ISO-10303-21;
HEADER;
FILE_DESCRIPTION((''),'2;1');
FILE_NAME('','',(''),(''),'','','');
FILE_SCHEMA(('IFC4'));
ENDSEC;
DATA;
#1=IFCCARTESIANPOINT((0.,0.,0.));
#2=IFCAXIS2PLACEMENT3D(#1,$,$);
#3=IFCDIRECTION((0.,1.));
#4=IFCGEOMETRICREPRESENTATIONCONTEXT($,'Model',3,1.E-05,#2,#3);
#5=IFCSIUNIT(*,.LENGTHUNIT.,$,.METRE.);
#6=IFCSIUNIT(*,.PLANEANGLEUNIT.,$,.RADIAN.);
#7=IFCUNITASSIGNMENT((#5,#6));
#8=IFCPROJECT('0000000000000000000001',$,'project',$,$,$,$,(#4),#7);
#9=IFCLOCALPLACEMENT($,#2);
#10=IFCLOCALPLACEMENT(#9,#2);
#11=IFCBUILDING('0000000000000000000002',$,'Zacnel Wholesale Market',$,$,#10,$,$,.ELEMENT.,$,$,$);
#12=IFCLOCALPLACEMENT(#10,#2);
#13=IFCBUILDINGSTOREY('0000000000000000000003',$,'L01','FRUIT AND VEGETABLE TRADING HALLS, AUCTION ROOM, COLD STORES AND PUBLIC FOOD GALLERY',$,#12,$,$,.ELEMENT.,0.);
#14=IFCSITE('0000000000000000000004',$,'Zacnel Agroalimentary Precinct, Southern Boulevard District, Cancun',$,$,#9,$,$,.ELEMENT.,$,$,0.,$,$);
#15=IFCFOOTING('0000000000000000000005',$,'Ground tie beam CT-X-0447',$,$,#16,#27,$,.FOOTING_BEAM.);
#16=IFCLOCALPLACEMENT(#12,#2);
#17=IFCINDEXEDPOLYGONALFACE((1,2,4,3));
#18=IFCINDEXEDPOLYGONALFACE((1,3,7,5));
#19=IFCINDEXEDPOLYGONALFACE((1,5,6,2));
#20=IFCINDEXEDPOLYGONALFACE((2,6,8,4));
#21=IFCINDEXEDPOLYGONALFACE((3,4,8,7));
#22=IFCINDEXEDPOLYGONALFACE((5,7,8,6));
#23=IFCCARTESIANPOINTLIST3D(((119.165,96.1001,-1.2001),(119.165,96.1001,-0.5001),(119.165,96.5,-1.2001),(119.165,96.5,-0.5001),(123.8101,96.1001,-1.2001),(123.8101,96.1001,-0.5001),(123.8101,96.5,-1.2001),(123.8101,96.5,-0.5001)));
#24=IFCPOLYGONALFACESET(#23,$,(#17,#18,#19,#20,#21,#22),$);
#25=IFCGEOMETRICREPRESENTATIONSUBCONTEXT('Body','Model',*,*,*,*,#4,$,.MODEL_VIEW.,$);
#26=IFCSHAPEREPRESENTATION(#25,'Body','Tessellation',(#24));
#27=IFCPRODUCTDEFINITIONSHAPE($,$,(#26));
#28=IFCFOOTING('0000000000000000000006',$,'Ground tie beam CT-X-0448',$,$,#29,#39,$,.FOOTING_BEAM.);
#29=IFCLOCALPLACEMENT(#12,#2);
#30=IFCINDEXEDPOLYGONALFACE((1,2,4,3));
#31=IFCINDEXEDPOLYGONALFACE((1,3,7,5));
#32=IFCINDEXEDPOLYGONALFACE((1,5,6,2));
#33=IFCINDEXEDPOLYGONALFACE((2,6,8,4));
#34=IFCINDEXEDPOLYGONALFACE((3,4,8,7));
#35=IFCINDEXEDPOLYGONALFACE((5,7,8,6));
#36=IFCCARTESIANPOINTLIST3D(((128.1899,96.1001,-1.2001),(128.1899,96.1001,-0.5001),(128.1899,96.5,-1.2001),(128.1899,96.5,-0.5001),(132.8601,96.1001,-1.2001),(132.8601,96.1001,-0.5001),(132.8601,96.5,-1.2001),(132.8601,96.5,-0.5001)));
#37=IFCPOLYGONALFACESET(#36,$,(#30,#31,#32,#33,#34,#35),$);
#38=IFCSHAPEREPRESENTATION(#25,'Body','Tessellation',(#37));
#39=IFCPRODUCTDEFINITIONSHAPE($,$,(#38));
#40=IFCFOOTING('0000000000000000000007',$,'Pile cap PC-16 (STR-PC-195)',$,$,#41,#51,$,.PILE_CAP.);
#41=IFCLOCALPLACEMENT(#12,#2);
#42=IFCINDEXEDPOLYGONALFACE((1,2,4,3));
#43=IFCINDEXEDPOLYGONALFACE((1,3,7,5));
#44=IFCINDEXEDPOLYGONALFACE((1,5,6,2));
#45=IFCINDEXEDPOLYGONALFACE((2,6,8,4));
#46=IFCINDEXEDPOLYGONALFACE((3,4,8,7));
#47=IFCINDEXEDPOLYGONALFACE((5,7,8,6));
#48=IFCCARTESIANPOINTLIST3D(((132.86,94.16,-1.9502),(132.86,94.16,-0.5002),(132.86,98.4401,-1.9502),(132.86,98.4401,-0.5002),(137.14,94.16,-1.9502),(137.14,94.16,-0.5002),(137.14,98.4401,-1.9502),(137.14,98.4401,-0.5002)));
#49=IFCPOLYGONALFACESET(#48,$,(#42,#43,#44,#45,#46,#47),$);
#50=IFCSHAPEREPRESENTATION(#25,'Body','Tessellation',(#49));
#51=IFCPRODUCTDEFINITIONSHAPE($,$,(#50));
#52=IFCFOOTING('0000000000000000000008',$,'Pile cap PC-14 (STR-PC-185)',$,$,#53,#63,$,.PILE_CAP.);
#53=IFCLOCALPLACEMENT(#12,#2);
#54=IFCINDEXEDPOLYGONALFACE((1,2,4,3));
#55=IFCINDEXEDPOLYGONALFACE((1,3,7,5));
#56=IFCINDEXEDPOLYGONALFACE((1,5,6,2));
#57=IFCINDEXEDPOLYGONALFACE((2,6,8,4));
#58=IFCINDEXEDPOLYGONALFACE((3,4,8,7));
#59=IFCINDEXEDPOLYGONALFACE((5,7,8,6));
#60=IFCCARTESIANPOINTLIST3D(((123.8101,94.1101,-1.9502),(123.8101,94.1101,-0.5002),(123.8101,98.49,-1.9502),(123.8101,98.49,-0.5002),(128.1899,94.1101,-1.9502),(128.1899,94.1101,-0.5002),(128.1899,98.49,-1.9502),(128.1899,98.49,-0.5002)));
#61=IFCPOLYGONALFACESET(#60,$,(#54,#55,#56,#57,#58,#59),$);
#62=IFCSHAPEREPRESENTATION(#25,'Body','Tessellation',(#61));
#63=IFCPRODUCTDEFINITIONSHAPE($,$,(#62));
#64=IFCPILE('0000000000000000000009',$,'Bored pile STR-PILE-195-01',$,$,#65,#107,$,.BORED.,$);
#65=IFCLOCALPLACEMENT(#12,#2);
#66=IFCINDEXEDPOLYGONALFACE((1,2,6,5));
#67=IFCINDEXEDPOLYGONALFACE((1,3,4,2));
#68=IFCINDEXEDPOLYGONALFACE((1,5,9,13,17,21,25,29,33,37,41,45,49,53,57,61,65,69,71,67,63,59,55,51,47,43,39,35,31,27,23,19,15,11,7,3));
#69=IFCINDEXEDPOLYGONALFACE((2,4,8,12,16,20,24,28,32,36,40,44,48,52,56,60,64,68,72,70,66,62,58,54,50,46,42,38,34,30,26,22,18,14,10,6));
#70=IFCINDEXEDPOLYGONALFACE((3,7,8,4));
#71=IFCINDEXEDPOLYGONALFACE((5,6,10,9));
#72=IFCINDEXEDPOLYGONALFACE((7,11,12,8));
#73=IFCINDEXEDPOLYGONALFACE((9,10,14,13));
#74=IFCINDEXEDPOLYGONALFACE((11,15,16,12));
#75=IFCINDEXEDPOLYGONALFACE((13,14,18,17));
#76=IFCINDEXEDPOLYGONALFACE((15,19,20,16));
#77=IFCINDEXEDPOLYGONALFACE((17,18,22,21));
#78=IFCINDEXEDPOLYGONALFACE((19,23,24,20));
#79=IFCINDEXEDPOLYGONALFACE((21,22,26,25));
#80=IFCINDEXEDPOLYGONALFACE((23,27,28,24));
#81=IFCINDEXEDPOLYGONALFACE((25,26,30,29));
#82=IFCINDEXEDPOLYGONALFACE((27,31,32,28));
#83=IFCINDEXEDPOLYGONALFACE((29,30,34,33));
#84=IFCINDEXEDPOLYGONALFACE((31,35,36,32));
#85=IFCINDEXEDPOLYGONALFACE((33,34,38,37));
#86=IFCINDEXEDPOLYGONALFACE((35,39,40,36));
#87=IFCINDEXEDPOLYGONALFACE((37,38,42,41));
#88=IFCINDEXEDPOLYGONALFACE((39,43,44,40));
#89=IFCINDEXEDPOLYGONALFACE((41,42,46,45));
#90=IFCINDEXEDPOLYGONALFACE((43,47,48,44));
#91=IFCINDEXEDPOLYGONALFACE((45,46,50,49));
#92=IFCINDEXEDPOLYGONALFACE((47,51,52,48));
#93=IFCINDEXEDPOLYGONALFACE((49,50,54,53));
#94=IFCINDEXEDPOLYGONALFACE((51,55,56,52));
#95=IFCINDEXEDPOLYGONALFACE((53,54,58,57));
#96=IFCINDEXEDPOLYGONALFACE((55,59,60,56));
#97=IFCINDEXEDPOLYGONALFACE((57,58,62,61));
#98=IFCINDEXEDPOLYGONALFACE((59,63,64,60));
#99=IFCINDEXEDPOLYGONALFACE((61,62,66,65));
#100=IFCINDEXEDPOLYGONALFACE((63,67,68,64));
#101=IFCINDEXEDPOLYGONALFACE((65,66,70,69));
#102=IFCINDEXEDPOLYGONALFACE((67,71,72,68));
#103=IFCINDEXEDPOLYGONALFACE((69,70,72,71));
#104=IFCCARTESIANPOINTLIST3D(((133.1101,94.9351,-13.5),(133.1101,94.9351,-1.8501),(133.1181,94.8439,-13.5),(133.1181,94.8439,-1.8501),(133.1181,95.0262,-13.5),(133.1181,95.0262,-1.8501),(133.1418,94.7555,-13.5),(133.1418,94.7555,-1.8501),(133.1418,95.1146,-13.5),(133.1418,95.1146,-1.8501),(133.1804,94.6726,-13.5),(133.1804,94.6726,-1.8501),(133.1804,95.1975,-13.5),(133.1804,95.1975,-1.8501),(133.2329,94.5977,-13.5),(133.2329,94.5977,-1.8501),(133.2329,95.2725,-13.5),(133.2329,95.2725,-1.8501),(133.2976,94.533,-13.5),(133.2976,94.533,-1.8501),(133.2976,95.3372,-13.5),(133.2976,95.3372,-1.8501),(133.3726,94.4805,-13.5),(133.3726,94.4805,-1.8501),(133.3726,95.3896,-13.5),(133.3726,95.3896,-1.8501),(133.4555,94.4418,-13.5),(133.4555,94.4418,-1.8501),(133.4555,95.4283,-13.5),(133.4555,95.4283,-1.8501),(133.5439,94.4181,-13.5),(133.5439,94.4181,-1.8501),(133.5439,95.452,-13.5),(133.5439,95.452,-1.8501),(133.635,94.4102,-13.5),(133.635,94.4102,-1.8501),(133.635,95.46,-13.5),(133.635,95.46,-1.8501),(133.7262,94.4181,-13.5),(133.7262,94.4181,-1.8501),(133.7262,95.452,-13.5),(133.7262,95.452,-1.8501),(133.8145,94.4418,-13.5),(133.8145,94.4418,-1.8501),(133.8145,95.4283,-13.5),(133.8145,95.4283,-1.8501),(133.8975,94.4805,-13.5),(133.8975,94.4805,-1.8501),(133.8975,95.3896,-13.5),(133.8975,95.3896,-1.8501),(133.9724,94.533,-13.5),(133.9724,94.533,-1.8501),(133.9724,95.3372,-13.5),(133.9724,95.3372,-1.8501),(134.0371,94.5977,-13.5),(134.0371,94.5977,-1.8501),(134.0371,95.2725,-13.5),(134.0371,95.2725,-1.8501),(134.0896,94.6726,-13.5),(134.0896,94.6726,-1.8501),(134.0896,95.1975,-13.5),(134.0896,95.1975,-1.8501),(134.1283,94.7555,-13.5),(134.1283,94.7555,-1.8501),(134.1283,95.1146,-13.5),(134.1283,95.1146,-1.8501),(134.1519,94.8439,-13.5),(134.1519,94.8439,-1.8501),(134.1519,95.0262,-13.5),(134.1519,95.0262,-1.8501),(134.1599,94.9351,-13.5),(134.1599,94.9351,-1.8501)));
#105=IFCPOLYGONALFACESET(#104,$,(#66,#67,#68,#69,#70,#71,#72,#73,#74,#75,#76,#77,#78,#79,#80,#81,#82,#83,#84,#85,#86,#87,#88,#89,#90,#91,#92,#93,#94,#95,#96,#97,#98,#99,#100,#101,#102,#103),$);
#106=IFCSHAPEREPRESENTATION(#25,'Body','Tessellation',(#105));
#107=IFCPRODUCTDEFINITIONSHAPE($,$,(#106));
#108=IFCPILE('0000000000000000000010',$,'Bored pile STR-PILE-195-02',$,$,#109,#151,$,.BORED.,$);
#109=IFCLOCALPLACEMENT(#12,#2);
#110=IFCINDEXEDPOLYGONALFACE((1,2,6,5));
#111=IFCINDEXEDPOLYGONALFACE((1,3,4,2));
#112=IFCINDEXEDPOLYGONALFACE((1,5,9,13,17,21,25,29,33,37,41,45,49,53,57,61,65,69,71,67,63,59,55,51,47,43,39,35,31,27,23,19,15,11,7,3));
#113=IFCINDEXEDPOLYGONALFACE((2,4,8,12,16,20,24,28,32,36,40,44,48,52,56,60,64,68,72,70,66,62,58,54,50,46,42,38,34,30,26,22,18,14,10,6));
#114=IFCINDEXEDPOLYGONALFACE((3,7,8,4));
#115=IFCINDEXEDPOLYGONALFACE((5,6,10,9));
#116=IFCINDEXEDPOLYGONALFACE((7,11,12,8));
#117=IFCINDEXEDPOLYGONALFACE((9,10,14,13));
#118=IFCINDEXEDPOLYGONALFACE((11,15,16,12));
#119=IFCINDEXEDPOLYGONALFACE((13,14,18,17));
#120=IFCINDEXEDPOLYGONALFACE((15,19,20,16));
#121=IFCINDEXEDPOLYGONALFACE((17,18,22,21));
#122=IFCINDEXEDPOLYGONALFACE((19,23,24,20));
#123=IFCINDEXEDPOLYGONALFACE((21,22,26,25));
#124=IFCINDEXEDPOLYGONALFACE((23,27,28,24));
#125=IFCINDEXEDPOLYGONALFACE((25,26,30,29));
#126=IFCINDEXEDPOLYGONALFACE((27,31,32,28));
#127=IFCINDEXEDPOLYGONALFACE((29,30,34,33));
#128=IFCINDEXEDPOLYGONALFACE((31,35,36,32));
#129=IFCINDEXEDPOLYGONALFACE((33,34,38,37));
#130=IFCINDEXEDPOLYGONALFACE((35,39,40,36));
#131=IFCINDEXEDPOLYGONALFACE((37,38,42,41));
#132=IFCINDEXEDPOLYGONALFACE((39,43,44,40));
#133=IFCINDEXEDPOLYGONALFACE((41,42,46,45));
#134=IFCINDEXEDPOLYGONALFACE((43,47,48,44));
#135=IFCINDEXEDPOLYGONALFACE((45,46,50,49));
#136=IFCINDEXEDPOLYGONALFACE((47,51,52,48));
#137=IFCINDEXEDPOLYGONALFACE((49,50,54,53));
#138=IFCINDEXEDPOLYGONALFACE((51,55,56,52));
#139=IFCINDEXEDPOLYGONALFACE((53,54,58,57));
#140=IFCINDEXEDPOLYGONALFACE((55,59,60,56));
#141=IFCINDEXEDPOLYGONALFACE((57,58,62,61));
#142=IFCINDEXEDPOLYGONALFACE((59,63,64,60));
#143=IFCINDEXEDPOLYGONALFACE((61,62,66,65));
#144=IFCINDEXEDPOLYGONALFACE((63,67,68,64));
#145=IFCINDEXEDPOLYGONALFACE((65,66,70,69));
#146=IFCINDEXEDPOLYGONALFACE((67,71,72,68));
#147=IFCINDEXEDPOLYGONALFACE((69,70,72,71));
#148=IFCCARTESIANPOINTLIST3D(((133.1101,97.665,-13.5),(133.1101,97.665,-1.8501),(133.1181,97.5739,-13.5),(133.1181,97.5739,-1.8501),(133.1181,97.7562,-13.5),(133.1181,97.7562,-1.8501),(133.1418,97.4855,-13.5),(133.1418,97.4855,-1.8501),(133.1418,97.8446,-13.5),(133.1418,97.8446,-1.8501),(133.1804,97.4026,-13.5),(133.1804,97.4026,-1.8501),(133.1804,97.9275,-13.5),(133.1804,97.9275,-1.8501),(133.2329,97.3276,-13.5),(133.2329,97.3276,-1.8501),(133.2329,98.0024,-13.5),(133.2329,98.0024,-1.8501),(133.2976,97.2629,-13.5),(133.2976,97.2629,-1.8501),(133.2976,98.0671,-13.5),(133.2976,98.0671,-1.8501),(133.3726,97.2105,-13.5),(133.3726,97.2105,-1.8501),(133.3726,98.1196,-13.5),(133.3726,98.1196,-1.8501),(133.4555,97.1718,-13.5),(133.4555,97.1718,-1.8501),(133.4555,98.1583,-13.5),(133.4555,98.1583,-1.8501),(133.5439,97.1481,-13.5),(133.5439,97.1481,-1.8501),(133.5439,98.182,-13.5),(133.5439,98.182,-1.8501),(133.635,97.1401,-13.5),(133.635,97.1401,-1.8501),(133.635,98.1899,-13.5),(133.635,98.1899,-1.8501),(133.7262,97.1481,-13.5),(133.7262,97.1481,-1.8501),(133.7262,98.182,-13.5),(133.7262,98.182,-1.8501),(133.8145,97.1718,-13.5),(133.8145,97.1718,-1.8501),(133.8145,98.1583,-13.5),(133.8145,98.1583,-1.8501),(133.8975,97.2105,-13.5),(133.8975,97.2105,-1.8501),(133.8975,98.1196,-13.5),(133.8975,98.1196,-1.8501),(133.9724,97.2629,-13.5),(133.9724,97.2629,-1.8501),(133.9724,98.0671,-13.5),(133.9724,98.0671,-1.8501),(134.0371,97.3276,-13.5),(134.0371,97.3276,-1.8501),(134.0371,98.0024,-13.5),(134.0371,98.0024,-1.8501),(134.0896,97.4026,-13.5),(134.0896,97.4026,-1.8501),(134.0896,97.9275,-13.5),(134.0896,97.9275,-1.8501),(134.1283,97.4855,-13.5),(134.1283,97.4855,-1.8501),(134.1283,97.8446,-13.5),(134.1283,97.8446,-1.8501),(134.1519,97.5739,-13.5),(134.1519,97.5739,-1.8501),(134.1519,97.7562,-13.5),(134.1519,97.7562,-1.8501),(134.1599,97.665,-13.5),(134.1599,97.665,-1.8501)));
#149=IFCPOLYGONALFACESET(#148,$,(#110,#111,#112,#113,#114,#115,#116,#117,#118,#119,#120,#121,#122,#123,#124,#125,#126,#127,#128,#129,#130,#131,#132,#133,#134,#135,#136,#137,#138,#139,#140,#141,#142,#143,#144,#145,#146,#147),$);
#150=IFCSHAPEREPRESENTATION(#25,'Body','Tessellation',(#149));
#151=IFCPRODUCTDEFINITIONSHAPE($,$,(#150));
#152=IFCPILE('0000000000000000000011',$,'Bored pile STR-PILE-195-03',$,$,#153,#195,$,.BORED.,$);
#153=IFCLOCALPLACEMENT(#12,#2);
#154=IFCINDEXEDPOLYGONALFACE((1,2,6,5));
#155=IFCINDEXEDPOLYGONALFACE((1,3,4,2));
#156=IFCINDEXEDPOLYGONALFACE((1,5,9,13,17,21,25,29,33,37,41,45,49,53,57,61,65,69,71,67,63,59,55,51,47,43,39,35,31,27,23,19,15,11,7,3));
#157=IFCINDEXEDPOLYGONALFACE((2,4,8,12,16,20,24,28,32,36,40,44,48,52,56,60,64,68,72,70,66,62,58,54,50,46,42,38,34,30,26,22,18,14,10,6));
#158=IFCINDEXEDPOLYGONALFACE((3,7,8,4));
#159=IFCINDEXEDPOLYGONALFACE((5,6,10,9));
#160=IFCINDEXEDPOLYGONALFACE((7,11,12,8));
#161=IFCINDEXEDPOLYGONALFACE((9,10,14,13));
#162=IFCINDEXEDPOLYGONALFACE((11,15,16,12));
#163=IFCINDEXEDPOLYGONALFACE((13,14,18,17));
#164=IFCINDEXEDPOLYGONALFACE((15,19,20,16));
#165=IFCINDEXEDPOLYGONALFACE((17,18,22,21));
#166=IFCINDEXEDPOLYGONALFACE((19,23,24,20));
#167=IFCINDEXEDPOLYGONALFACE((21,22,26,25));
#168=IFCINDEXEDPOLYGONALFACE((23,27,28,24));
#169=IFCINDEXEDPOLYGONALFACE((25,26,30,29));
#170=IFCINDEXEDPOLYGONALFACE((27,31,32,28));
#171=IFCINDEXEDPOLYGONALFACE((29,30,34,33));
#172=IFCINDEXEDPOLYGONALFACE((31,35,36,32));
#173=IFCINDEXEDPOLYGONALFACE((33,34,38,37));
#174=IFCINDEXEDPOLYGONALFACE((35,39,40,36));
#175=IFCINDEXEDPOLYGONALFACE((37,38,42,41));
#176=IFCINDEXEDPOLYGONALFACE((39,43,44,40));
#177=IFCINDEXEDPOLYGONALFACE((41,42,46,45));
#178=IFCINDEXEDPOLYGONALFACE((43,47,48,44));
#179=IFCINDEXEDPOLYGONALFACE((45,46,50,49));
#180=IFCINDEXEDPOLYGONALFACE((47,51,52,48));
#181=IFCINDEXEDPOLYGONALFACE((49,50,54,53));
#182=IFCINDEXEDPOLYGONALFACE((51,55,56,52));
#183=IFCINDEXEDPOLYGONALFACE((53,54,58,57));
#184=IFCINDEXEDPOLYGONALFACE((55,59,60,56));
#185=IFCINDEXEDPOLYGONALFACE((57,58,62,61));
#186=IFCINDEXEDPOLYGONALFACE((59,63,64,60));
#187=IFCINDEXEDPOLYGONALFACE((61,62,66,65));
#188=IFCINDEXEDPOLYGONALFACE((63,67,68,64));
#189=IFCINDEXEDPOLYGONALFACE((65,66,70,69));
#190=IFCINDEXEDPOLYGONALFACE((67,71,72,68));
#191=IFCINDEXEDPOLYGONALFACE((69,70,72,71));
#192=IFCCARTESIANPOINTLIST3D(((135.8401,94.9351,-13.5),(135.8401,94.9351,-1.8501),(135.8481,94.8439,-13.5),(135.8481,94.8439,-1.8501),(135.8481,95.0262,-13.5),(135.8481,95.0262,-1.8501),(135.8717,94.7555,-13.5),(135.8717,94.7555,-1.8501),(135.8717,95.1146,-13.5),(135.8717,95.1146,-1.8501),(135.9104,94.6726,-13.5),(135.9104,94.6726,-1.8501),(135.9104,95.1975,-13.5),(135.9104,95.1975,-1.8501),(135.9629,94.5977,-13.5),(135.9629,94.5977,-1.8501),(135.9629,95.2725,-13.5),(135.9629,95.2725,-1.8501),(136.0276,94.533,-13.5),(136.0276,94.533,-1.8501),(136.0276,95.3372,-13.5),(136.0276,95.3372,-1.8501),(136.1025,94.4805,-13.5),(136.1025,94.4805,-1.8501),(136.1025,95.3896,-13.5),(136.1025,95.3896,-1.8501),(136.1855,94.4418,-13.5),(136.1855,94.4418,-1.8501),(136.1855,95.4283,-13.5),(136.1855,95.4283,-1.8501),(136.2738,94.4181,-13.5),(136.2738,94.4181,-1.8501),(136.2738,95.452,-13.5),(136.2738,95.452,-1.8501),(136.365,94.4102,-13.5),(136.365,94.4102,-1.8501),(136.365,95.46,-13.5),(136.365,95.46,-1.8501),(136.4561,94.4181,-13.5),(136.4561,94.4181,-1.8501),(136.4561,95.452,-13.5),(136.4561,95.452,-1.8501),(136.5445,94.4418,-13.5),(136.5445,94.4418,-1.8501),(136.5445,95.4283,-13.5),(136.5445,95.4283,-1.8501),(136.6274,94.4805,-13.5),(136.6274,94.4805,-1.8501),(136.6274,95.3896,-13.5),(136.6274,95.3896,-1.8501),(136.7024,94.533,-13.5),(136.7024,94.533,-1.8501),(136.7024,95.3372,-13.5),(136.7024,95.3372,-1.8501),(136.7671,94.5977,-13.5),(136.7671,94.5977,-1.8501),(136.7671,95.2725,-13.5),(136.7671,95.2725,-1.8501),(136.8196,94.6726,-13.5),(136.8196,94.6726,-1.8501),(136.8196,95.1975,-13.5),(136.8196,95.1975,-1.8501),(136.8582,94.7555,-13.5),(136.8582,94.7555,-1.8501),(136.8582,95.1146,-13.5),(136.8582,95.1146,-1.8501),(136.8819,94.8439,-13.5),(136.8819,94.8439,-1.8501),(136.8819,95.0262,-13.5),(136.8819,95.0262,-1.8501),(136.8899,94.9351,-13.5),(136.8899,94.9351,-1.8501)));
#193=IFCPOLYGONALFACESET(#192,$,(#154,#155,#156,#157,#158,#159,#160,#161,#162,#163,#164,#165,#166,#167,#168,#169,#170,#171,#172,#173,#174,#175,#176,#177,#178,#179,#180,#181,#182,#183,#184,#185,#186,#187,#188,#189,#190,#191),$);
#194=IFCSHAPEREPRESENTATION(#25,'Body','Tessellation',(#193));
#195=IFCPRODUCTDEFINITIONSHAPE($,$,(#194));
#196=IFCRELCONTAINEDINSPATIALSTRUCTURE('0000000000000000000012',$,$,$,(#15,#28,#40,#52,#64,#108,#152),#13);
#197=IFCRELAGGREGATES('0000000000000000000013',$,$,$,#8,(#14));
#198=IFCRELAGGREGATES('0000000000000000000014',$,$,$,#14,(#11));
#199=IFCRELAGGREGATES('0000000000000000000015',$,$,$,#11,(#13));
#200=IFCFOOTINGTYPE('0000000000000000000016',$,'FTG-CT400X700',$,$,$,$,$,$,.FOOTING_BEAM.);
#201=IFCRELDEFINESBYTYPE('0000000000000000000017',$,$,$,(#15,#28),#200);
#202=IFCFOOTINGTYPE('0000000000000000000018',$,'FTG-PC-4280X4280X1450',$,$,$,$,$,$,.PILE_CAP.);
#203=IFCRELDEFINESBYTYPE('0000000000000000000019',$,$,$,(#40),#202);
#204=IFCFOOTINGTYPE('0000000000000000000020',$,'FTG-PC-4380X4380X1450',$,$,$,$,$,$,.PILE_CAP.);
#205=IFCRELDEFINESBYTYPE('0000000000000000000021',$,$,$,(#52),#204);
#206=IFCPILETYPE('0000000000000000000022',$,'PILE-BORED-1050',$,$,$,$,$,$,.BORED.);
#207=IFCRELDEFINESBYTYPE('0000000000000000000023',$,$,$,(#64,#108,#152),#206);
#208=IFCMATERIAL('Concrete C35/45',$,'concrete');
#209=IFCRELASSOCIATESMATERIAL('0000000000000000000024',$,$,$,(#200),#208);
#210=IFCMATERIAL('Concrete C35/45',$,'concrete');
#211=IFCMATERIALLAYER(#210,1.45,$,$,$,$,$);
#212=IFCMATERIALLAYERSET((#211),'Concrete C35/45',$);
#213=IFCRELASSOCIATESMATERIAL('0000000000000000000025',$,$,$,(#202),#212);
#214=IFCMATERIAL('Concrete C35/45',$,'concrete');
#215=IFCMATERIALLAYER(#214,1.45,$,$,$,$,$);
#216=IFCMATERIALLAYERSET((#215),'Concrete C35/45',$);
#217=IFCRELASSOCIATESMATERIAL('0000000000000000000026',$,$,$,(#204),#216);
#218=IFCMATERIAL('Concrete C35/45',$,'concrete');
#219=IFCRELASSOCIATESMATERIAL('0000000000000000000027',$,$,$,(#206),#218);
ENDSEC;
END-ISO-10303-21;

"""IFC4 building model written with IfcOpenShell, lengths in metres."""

from ifc_helpers import new_model, si_unit, direction, frame, origin, origin_2d, place, context, subcontext, project, spatial, rectangle, circle, extrude, material, layer, layer_set, material_profile, profile_set, type_object, element, save


model = new_model("IFC4")

# Units and contexts
model_context = context("Model", 3, precision=1e-05, world=origin(), true_north=direction((0.0, 1.0)))
body_context = subcontext(model_context, "Body", "Model", "MODEL_VIEW")
ifc_project = project(units=[si_unit("LENGTHUNIT", "METRE"), si_unit("PLANEANGLEUNIT", "RADIAN")], contexts=[model_context])

# Site, building, storey
site_placement = place(None, origin())
site = spatial("IfcSite", under=ifc_project, at=site_placement, Name="Zacnel Agroalimentary Precinct, Southern Boulevard District, Cancun", CompositionType="ELEMENT", RefElevation=0.0)
building_placement = place(site_placement, origin())
building = spatial("IfcBuilding", under=site, at=building_placement, Name="Zacnel Wholesale Market", CompositionType="ELEMENT")
storey_placement = place(building_placement, origin())
storey = spatial("IfcBuildingStorey", under=building, at=storey_placement, Name="L01", Description="FRUIT AND VEGETABLE TRADING HALLS, AUCTION ROOM, COLD STORES AND PUBLIC FOOD GALLERY", CompositionType="ELEMENT", Elevation=0.0)

# Footings
ifc_material_1 = material(Name="Concrete C35/45", Category="concrete")
ifc_material_profile_1 = material_profile(ifc_material_1, rectangle(XDim=0.3999, YDim=0.7, at=origin_2d()), Name="CT 400x700")
ifc_profile_set_1 = profile_set([ifc_material_profile_1], Name="Concrete C35/45")
footing_type_1 = type_object("IfcFootingType", Name="FTG-CT400X700", PredefinedType="FOOTING_BEAM", material=ifc_profile_set_1)
footing_1_placement = place(storey_placement, frame((119.165, 96.3, -0.8501), z_axis=(1.0, 0.0, 0.0), x_axis=(0.0, 1.0, 0.0)))
element("IfcFooting", 1, at=footing_1_placement, inside=storey, type_object=footing_type_1, Name="Ground tie beam CT-X-0447", PredefinedType="FOOTING_BEAM", context=body_context, shape_type="SweptSolid", body=[
    extrude(rectangle(XDim=0.3999, YDim=0.7, at=origin_2d()), origin(), (0.0, 0.0, 1.0), 4.645),
])
footing_2_placement = place(storey_placement, frame((128.1899, 96.3, -0.8501), z_axis=(1.0, 0.0, 0.0), x_axis=(0.0, 1.0, 0.0)))
element("IfcFooting", 2, at=footing_2_placement, inside=storey, type_object=footing_type_1, Name="Ground tie beam CT-X-0448", PredefinedType="FOOTING_BEAM", context=body_context, shape_type="SweptSolid", body=[
    extrude(rectangle(XDim=0.3999, YDim=0.7, at=origin_2d()), origin(), (0.0, 0.0, 1.0), 4.6702),
])
ifc_material_2 = material(Name="Concrete C35/45", Category="concrete")
ifc_layer_1 = layer(ifc_material_2, 1.45)
ifc_layer_set_1 = layer_set([ifc_layer_1], Name="Concrete C35/45")
footing_type_2 = type_object("IfcFootingType", Name="FTG-PC-4280X4280X1450", PredefinedType="PILE_CAP", material=ifc_layer_set_1)
footing_3_placement = place(storey_placement, frame((135.0, 96.3, -1.9502), z_axis=(0.0, 0.0, 1.0), x_axis=(1.0, 0.0, 0.0)))
element("IfcFooting", 3, at=footing_3_placement, inside=storey, type_object=footing_type_2, Name="Pile cap PC-16 (STR-PC-195)", PredefinedType="PILE_CAP", context=body_context, shape_type="SweptSolid", body=[
    extrude(rectangle(XDim=4.28, YDim=4.28, at=origin_2d()), origin(), (0.0, 0.0, 1.0), 1.45),
])
ifc_material_3 = material(Name="Concrete C35/45", Category="concrete")
ifc_layer_2 = layer(ifc_material_3, 1.45)
ifc_layer_set_2 = layer_set([ifc_layer_2], Name="Concrete C35/45")
footing_type_3 = type_object("IfcFootingType", Name="FTG-PC-4380X4380X1450", PredefinedType="PILE_CAP", material=ifc_layer_set_2)
footing_4_placement = place(storey_placement, frame((126.0, 96.3, -1.9502), z_axis=(0.0, 0.0, 1.0), x_axis=(1.0, 0.0, 0.0)))
element("IfcFooting", 4, at=footing_4_placement, inside=storey, type_object=footing_type_3, Name="Pile cap PC-14 (STR-PC-185)", PredefinedType="PILE_CAP", context=body_context, shape_type="SweptSolid", body=[
    extrude(rectangle(XDim=4.3799, YDim=4.3799, at=origin_2d()), origin(), (0.0, 0.0, 1.0), 1.45),
])

# Piles
ifc_material_4 = material(Name="Concrete C35/45", Category="concrete")
ifc_material_profile_2 = material_profile(ifc_material_4, circle(Radius=0.5249, at=origin_2d()), Name="BORED PILE D1050")
ifc_profile_set_2 = profile_set([ifc_material_profile_2], Name="Concrete C35/45")
pile_type = type_object("IfcPileType", Name="PILE-BORED-1050", PredefinedType="BORED", material=ifc_profile_set_2)
for number, where, z_axis, x_axis, name in (
    (5, (133.635, 94.9351, -1.8501), (0.0, 0.0, -1.0), (1.0, 0.0, 0.0), "Bored pile STR-PILE-195-01"),
    (6, (133.635, 97.665, -1.8501), (0.0, 0.0, -1.0), (1.0, 0.0, 0.0), "Bored pile STR-PILE-195-02"),
    (7, (136.365, 94.9351, -1.8501), (0.0, 0.0, -1.0), (1.0, 0.0, 0.0), "Bored pile STR-PILE-195-03"),
):
    element("IfcPile", number, at=place(storey_placement, frame(where, z_axis=z_axis, x_axis=x_axis)), inside=storey, type_object=pile_type, Name=name, PredefinedType="BORED", context=body_context, shape_type="SweptSolid", body=[
        extrude(circle(Radius=0.5249, at=origin_2d()), origin(), (0.0, 0.0, 1.0), 11.6499),
    ])

save(model, "model.ifc")
